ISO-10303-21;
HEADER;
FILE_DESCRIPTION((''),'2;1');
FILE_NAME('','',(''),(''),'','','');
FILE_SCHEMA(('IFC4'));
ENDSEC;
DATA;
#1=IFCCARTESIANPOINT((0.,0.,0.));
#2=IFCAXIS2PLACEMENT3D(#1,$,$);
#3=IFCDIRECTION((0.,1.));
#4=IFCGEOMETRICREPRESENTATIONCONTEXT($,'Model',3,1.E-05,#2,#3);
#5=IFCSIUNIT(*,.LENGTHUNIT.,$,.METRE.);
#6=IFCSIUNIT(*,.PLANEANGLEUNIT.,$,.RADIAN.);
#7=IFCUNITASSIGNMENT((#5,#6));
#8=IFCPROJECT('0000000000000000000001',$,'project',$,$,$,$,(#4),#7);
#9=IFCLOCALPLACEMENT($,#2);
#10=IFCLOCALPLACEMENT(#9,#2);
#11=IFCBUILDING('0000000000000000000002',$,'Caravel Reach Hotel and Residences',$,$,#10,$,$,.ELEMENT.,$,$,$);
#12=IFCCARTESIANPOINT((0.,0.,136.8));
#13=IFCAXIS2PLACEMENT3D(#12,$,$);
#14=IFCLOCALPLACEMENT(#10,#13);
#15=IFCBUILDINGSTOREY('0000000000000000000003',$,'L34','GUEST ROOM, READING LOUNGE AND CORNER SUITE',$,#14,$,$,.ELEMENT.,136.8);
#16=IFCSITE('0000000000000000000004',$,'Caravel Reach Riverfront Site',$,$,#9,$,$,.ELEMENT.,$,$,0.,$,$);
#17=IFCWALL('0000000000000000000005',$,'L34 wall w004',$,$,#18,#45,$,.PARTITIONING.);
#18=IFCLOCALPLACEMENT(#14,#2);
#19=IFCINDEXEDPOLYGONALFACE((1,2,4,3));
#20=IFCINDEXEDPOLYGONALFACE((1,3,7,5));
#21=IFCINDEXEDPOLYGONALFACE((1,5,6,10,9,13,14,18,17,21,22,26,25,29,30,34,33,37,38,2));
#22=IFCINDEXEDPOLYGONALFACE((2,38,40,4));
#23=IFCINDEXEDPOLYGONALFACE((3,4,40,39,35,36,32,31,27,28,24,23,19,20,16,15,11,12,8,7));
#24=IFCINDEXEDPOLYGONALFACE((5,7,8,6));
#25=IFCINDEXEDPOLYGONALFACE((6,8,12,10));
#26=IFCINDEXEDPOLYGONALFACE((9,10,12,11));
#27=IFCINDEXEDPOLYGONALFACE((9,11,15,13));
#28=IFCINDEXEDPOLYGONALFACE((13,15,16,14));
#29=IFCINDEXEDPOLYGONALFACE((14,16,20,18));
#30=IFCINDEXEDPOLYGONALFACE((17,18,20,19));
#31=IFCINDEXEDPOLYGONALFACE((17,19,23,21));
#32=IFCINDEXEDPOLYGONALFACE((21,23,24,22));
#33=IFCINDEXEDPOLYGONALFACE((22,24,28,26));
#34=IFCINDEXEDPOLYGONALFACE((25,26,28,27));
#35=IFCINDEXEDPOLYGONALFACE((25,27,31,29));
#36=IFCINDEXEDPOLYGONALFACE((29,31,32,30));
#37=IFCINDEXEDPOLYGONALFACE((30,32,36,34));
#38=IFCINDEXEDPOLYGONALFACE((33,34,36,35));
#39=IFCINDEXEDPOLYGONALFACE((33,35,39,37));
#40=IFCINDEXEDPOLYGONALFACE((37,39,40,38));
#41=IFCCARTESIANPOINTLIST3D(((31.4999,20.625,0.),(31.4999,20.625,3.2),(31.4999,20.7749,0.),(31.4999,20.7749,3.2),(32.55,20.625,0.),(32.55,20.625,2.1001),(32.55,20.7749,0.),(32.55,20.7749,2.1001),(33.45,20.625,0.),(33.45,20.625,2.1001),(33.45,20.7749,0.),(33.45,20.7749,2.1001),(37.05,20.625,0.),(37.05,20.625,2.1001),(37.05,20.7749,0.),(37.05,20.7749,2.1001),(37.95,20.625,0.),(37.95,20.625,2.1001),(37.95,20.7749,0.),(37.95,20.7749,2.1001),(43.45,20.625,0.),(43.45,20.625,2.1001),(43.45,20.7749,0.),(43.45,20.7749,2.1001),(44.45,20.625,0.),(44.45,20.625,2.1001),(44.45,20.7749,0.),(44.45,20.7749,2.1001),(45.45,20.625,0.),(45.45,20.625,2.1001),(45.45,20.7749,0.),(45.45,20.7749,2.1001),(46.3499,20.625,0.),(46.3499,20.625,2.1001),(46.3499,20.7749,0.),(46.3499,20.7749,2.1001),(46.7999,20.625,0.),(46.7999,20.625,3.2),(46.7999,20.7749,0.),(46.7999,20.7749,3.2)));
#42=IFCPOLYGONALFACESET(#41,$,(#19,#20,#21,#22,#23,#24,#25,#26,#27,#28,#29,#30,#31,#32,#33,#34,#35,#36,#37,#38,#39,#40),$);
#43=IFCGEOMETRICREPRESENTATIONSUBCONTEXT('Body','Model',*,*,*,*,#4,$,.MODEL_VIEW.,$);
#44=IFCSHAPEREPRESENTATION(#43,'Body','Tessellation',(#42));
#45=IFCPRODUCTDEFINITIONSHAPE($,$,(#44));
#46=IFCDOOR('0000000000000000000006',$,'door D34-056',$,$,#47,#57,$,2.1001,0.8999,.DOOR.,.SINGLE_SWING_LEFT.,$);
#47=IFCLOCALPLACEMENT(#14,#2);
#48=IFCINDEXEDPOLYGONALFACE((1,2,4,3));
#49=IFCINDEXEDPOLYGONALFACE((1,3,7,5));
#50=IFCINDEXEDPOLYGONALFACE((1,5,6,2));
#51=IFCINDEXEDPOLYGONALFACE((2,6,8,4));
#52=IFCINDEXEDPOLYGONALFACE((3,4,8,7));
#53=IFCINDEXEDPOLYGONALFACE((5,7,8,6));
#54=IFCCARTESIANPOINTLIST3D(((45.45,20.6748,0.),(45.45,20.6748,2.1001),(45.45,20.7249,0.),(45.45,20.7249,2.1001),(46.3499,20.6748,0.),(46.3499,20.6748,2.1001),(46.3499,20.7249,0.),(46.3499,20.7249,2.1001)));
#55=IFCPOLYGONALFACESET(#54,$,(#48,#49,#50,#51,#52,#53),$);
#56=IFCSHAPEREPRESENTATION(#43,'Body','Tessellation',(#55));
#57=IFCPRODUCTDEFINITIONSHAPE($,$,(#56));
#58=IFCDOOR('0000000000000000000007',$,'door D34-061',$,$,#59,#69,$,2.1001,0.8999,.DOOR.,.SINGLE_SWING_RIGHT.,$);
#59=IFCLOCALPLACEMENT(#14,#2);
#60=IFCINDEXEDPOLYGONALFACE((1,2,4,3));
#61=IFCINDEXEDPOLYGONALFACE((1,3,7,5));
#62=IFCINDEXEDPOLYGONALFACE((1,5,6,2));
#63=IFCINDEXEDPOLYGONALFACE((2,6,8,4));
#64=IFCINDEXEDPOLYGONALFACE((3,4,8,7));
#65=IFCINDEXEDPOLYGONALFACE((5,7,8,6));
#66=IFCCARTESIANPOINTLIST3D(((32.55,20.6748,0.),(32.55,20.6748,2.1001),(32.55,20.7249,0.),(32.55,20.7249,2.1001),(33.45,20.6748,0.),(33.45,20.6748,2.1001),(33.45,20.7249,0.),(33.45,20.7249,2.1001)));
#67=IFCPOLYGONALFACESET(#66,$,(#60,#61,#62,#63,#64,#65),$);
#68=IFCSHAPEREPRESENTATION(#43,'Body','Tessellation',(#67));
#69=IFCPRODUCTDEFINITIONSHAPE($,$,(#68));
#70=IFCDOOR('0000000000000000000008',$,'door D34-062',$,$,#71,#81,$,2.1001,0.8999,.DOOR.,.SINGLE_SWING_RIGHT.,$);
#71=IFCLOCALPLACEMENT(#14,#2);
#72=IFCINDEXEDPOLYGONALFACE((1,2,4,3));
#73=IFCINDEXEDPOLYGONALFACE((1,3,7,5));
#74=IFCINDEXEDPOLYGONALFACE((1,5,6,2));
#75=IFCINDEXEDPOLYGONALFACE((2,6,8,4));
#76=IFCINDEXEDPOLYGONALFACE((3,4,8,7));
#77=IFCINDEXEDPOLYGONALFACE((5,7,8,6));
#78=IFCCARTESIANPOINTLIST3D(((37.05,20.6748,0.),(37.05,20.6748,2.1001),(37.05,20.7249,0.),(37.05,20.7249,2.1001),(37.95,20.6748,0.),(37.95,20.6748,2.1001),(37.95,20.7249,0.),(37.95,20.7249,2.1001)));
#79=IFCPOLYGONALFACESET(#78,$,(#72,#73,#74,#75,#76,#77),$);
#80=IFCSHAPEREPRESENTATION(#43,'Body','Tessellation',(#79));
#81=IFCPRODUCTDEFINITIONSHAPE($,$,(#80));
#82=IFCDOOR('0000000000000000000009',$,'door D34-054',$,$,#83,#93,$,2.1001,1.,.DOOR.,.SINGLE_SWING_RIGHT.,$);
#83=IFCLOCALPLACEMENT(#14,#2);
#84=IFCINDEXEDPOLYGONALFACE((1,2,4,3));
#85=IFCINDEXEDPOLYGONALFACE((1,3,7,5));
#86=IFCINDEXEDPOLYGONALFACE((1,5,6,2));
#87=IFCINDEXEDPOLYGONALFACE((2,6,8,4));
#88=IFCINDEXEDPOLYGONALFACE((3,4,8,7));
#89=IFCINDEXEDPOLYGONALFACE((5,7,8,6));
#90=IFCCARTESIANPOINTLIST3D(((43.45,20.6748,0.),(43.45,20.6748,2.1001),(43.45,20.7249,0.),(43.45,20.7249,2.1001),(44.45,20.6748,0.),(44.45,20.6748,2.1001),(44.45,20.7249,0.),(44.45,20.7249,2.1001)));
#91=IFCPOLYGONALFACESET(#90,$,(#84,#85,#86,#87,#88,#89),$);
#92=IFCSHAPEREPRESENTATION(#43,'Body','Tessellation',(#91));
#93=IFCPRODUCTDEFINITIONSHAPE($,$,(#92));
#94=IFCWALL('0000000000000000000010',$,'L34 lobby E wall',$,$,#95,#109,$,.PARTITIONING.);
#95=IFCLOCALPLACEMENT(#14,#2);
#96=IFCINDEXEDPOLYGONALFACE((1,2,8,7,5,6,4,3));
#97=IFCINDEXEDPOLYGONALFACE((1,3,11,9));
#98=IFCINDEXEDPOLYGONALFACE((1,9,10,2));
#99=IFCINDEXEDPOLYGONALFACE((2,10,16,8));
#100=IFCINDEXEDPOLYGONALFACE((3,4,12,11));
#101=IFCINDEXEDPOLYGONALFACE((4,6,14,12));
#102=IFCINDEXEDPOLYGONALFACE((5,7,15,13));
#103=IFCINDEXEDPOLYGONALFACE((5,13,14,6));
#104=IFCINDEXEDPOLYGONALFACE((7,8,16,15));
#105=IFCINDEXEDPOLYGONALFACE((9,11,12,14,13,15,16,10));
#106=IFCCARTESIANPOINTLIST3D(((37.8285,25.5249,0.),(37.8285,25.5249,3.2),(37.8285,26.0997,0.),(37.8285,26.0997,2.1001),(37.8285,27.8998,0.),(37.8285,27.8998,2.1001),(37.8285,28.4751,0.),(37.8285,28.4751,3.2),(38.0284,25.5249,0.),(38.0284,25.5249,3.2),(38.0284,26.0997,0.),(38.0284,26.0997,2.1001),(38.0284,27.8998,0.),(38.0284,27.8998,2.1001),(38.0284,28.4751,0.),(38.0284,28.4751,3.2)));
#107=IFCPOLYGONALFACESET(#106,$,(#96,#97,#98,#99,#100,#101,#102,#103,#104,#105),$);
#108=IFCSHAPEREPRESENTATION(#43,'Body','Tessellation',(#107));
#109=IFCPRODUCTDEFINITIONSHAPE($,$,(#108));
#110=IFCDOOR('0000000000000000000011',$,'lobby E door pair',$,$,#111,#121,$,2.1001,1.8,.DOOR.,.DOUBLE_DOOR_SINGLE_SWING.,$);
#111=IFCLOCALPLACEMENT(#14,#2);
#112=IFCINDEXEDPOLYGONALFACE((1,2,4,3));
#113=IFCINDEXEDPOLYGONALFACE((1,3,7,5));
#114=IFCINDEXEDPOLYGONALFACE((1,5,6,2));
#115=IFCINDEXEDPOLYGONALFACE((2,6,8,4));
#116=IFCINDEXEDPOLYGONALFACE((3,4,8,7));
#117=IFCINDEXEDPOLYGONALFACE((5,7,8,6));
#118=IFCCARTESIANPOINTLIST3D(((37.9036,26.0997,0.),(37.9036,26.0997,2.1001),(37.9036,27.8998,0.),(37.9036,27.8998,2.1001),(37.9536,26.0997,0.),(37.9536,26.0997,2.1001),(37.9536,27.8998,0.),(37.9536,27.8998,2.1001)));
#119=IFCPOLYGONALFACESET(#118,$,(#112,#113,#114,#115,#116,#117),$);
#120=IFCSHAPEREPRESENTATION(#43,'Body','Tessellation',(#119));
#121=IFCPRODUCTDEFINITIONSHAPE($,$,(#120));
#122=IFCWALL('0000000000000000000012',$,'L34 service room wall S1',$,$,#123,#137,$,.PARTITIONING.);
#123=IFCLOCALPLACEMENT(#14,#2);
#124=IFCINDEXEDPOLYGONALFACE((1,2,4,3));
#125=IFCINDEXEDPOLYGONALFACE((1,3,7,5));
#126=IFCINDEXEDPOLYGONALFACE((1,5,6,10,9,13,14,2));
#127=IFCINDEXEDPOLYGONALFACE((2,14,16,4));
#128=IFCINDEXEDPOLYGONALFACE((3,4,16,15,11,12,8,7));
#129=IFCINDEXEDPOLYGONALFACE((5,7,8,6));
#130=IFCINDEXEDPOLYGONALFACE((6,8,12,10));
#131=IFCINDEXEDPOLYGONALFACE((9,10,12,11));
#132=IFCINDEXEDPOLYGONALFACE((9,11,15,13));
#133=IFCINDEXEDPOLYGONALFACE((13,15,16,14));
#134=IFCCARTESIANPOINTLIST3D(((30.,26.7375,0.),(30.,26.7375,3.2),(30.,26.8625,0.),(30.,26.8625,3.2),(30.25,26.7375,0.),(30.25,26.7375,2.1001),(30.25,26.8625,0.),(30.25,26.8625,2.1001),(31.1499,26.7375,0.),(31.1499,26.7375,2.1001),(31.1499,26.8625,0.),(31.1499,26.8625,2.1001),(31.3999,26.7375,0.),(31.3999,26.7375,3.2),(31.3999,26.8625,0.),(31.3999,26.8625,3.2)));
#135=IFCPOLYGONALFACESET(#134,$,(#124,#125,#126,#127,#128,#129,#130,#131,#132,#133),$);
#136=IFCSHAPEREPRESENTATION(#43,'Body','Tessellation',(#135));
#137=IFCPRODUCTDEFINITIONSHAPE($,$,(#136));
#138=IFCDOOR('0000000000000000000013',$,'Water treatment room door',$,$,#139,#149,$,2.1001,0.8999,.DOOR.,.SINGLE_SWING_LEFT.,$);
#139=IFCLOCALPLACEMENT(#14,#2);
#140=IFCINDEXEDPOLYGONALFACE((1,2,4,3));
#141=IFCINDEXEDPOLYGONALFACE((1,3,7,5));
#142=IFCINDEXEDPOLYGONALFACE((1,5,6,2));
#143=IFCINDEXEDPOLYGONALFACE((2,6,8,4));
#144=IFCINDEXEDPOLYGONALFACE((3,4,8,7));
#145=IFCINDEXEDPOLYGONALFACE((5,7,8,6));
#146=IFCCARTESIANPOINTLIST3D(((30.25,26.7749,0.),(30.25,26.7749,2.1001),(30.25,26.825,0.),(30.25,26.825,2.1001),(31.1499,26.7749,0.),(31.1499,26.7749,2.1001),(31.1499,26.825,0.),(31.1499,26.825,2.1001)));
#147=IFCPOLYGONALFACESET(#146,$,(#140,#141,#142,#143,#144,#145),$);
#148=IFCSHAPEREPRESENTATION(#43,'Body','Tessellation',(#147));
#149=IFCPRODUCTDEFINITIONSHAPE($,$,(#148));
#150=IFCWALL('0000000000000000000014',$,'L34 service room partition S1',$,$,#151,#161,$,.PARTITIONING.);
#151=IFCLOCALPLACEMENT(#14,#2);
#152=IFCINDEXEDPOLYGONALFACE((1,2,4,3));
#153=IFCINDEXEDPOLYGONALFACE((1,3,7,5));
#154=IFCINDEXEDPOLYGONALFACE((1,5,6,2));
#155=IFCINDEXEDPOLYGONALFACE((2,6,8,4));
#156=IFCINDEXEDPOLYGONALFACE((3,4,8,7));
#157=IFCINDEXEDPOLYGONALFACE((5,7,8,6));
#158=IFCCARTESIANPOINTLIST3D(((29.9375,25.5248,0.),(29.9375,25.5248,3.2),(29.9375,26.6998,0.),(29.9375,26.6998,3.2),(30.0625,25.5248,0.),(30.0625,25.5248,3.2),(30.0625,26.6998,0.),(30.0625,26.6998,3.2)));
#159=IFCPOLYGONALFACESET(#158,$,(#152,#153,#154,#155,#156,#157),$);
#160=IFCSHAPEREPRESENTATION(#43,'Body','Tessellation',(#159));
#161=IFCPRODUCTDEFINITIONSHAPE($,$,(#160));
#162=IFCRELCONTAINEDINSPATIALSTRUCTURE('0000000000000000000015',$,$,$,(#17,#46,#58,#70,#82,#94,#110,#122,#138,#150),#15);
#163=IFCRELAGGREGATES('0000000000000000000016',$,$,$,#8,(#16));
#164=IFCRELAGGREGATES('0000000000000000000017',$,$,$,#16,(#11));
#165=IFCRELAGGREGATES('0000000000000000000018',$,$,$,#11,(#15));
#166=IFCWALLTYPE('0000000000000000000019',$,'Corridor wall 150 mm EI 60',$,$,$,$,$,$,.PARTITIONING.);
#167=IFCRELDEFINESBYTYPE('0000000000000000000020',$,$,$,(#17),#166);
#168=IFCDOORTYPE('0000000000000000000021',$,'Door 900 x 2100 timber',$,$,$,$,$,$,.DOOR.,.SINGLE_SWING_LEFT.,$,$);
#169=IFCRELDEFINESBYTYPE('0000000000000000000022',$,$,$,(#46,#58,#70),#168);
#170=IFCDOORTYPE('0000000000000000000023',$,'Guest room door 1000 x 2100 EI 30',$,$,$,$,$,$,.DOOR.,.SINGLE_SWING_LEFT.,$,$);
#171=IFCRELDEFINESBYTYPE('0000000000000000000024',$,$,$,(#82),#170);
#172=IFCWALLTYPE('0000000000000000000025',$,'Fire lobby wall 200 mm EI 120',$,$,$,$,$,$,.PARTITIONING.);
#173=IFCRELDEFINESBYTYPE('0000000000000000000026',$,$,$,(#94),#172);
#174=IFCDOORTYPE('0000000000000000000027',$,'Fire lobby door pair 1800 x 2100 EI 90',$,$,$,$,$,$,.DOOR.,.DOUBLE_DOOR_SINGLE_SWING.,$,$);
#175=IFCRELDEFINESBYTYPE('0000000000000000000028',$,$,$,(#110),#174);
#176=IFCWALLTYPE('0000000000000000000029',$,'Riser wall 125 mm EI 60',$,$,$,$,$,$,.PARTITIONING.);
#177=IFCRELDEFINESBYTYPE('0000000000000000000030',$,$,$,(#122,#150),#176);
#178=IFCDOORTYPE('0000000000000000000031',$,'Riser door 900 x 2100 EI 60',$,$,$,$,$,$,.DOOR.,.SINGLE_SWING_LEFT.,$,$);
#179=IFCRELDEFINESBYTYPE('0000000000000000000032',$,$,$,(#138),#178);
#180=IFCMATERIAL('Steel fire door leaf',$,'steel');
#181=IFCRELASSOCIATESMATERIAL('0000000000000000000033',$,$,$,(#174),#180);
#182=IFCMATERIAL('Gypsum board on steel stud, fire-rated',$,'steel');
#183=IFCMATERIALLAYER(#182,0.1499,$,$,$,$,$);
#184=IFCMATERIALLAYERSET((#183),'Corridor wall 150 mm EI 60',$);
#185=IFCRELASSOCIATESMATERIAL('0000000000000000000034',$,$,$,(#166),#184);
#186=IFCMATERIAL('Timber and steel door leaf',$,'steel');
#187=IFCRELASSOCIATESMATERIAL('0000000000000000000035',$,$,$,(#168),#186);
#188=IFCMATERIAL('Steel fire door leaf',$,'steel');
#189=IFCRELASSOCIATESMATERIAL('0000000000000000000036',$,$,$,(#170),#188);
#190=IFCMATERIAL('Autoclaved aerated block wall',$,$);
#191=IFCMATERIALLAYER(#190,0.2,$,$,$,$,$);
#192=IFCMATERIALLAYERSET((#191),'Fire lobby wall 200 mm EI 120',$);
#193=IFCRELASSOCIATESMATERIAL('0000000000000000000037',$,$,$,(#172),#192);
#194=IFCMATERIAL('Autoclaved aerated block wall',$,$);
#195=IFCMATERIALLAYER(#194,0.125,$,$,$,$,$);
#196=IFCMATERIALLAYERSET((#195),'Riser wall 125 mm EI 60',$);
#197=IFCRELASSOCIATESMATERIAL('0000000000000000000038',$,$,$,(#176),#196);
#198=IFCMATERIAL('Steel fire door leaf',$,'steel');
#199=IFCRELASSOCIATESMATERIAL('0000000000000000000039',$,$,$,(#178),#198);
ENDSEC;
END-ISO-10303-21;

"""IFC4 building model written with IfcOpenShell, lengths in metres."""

from ifc_helpers import new_model, si_unit, direction, frame, frame_2d, origin, place, context, subcontext, project, spatial, rectangle, extrude, material, layer, layer_set, type_object, element, fill, save


model = new_model("IFC4")

# Units and contexts
model_context = context("Model", 3, precision=1e-05, world=origin(), true_north=direction((0.0, 1.0)))
body_context = subcontext(model_context, "Body", "Model", "MODEL_VIEW")
ifc_project = project(units=[si_unit("LENGTHUNIT", "METRE"), si_unit("PLANEANGLEUNIT", "RADIAN")], contexts=[model_context])

# Site, building, storey
site_placement = place(None, origin())
site = spatial("IfcSite", under=ifc_project, at=site_placement, Name="Caravel Reach Riverfront Site", CompositionType="ELEMENT", RefElevation=0.0)
building_placement = place(site_placement, origin())
building = spatial("IfcBuilding", under=site, at=building_placement, Name="Caravel Reach Hotel and Residences", CompositionType="ELEMENT")
storey_placement = place(building_placement, frame((0.0, 0.0, 136.8)))
storey = spatial("IfcBuildingStorey", under=building, at=storey_placement, Name="L34", Description="GUEST ROOM, READING LOUNGE AND CORNER SUITE", CompositionType="ELEMENT", Elevation=136.8)

# Shared definitions
ifc_material_1 = material(Name="Steel fire door leaf", Category="steel")
door_type_1 = type_object("IfcDoorType", Name="Fire lobby door pair 1800 x 2100 EI 90", OperationType="DOUBLE_DOOR_SINGLE_SWING", PredefinedType="DOOR", material=ifc_material_1)

# Wall, openings, doors
ifc_material_2 = material(Name="Gypsum board on steel stud, fire-rated", Category="steel")
ifc_layer_1 = layer(ifc_material_2, 0.1499)
ifc_layer_set_1 = layer_set([ifc_layer_1], Name="Corridor wall 150 mm EI 60")
wall_type_1 = type_object("IfcWallType", Name="Corridor wall 150 mm EI 60", PredefinedType="PARTITIONING", material=ifc_layer_set_1)
wall_1_placement = place(storey_placement, frame((31.5, 20.7, 0.0), z_axis=(0.0, 0.0, 1.0), x_axis=(1.0, 0.0, 0.0)))
wall_1 = element("IfcWall", 1, at=wall_1_placement, inside=storey, type_object=wall_type_1, Name="L34 wall w004", PredefinedType="PARTITIONING", context=body_context, shape_type="SweptSolid", body=[
    extrude(rectangle(XDim=15.3, YDim=0.1499, at=frame_2d((7.6499, 0.0))), origin(), (0.0, 0.0, 1.0), 3.2),
])
opening_1_placement = place(wall_1_placement, frame((11.95, 0.0, 0.0)))
opening_1 = element("IfcOpeningElement", 2, at=opening_1_placement, cuts=wall_1, PredefinedType="OPENING", context=body_context, shape_type="SweptSolid", body=[
    extrude(rectangle(XDim=1.0, YDim=2.1001, at=frame_2d((0.5, 1.05))), frame((0.0, 0.085, 0.0), z_axis=(0.0, -1.0, 0.0), x_axis=(1.0, 0.0, 0.0)), (0.0, 0.0, 1.0), 0.1699),
])
opening_2_placement = place(wall_1_placement, frame((13.95, 0.0, 0.0)))
opening_2 = element("IfcOpeningElement", 3, at=opening_2_placement, cuts=wall_1, PredefinedType="OPENING", context=body_context, shape_type="SweptSolid", body=[
    extrude(rectangle(XDim=0.8999, YDim=2.1001, at=frame_2d((0.45, 1.05))), frame((0.0, 0.085, 0.0), z_axis=(0.0, -1.0, 0.0), x_axis=(1.0, 0.0, 0.0)), (0.0, 0.0, 1.0), 0.1699),
])
opening_3_placement = place(wall_1_placement, frame((1.05, 0.0, 0.0)))
opening_3 = element("IfcOpeningElement", 4, at=opening_3_placement, cuts=wall_1, PredefinedType="OPENING", context=body_context, shape_type="SweptSolid", body=[
    extrude(rectangle(XDim=0.8999, YDim=2.1001, at=frame_2d((0.45, 1.05))), frame((0.0, 0.085, 0.0), z_axis=(0.0, -1.0, 0.0), x_axis=(1.0, 0.0, 0.0)), (0.0, 0.0, 1.0), 0.1699),
])
opening_4_placement = place(wall_1_placement, frame((5.55, 0.0, 0.0)))
opening_4 = element("IfcOpeningElement", 5, at=opening_4_placement, cuts=wall_1, PredefinedType="OPENING", context=body_context, shape_type="SweptSolid", body=[
    extrude(rectangle(XDim=0.8999, YDim=2.1001, at=frame_2d((0.45, 1.05))), frame((0.0, 0.085, 0.0), z_axis=(0.0, -1.0, 0.0), x_axis=(1.0, 0.0, 0.0)), (0.0, 0.0, 1.0), 0.1699),
])
ifc_material_3 = material(Name="Timber and steel door leaf", Category="steel")
door_type_2 = type_object("IfcDoorType", Name="Door 900 x 2100 timber", OperationType="SINGLE_SWING_LEFT", PredefinedType="DOOR", material=ifc_material_3)
door_1_placement = place(opening_2_placement, origin())
door_1 = element("IfcDoor", 6, at=door_1_placement, inside=storey, type_object=door_type_2, Name="door D34-056", OperationType="SINGLE_SWING_LEFT", OverallHeight=2.1001, OverallWidth=0.8999, PredefinedType="DOOR", context=body_context, shape_type="SweptSolid", body=[
    extrude(rectangle(XDim=0.8999, YDim=2.1001, at=frame_2d((0.45, 1.05))), frame((0.0, 0.0249, 0.0), z_axis=(0.0, -1.0, 0.0), x_axis=(1.0, 0.0, 0.0)), (0.0, 0.0, 1.0), 0.05),
])
fill(opening_2, door_1)
door_2_placement = place(opening_3_placement, origin())
door_2 = element("IfcDoor", 7, at=door_2_placement, inside=storey, type_object=door_type_2, Name="door D34-061", OperationType="SINGLE_SWING_RIGHT", OverallHeight=2.1001, OverallWidth=0.8999, PredefinedType="DOOR", context=body_context, shape_type="SweptSolid", body=[
    extrude(rectangle(XDim=0.8999, YDim=2.1001, at=frame_2d((0.45, 1.05))), frame((0.0, 0.0249, 0.0), z_axis=(0.0, -1.0, 0.0), x_axis=(1.0, 0.0, 0.0)), (0.0, 0.0, 1.0), 0.05),
])
fill(opening_3, door_2)
door_3_placement = place(opening_4_placement, origin())
door_3 = element("IfcDoor", 8, at=door_3_placement, inside=storey, type_object=door_type_2, Name="door D34-062", OperationType="SINGLE_SWING_RIGHT", OverallHeight=2.1001, OverallWidth=0.8999, PredefinedType="DOOR", context=body_context, shape_type="SweptSolid", body=[
    extrude(rectangle(XDim=0.8999, YDim=2.1001, at=frame_2d((0.45, 1.05))), frame((0.0, 0.0249, 0.0), z_axis=(0.0, -1.0, 0.0), x_axis=(1.0, 0.0, 0.0)), (0.0, 0.0, 1.0), 0.05),
])
fill(opening_4, door_3)
ifc_material_4 = material(Name="Steel fire door leaf", Category="steel")
door_type_3 = type_object("IfcDoorType", Name="Guest room door 1000 x 2100 EI 30", OperationType="SINGLE_SWING_LEFT", PredefinedType="DOOR", material=ifc_material_4)
door_4_placement = place(opening_1_placement, origin())
door_4 = element("IfcDoor", 9, at=door_4_placement, inside=storey, type_object=door_type_3, Name="door D34-054", OperationType="SINGLE_SWING_RIGHT", OverallHeight=2.1001, OverallWidth=1.0, PredefinedType="DOOR", context=body_context, shape_type="SweptSolid", body=[
    extrude(rectangle(XDim=1.0, YDim=2.1001, at=frame_2d((0.5, 1.05))), frame((0.0, 0.0249, 0.0), z_axis=(0.0, -1.0, 0.0), x_axis=(1.0, 0.0, 0.0)), (0.0, 0.0, 1.0), 0.05),
])
fill(opening_1, door_4)

# Walls, openings, doors
ifc_material_5 = material(Name="Autoclaved aerated block wall")
ifc_layer_2 = layer(ifc_material_5, 0.2)
ifc_layer_set_2 = layer_set([ifc_layer_2], Name="Fire lobby wall 200 mm EI 120")
wall_type_2 = type_object("IfcWallType", Name="Fire lobby wall 200 mm EI 120", PredefinedType="PARTITIONING", material=ifc_layer_set_2)
wall_2_placement = place(storey_placement, frame((37.9285, 25.5249, 0.0), z_axis=(0.0, 0.0, 1.0), x_axis=(0.0, 1.0, 0.0)))
wall_2 = element("IfcWall", 10, at=wall_2_placement, inside=storey, type_object=wall_type_2, Name="L34 lobby E wall", PredefinedType="PARTITIONING", context=body_context, shape_type="SweptSolid", body=[
    extrude(rectangle(XDim=2.9502, YDim=0.2, at=frame_2d((1.4751, 0.0))), origin(), (0.0, 0.0, 1.0), 3.2),
])
opening_5_placement = place(wall_2_placement, frame((0.575, 0.0, 0.0)))
opening_5 = element("IfcOpeningElement", 11, at=opening_5_placement, cuts=wall_2, PredefinedType="OPENING", context=body_context, shape_type="SweptSolid", body=[
    extrude(rectangle(XDim=1.8, YDim=2.1001, at=frame_2d((0.8999, 1.05))), frame((0.0, 0.1099, 0.0), z_axis=(0.0, -1.0, 0.0), x_axis=(1.0, 0.0, 0.0)), (0.0, 0.0, 1.0), 0.22),
])
door_5_placement = place(opening_5_placement, origin())
door_5 = element("IfcDoor", 12, at=door_5_placement, inside=storey, type_object=door_type_1, Name="lobby E door pair", OperationType="DOUBLE_DOOR_SINGLE_SWING", OverallHeight=2.1001, OverallWidth=1.8, PredefinedType="DOOR", context=body_context, shape_type="SweptSolid", body=[
    extrude(rectangle(XDim=1.8, YDim=2.1001, at=frame_2d((0.8999, 1.05))), frame((0.0, 0.0249, 0.0), z_axis=(0.0, -1.0, 0.0), x_axis=(1.0, 0.0, 0.0)), (0.0, 0.0, 1.0), 0.05),
])
fill(opening_5, door_5)
ifc_material_6 = material(Name="Autoclaved aerated block wall")
ifc_layer_3 = layer(ifc_material_6, 0.125)
ifc_layer_set_3 = layer_set([ifc_layer_3], Name="Riser wall 125 mm EI 60")
wall_type_3 = type_object("IfcWallType", Name="Riser wall 125 mm EI 60", PredefinedType="PARTITIONING", material=ifc_layer_set_3)
wall_3_placement = place(storey_placement, frame((30.0, 26.8, 0.0), z_axis=(0.0, 0.0, 1.0), x_axis=(1.0, 0.0, 0.0)))
wall_3 = element("IfcWall", 13, at=wall_3_placement, inside=storey, type_object=wall_type_3, Name="L34 service room wall S1", PredefinedType="PARTITIONING", context=body_context, shape_type="SweptSolid", body=[
    extrude(rectangle(XDim=1.3999, YDim=0.125, at=frame_2d((0.7, 0.0))), origin(), (0.0, 0.0, 1.0), 3.2),
])
opening_6_placement = place(wall_3_placement, frame((0.25, 0.0, 0.0)))
opening_6 = element("IfcOpeningElement", 14, at=opening_6_placement, cuts=wall_3, PredefinedType="OPENING", context=body_context, shape_type="SweptSolid", body=[
    extrude(rectangle(XDim=0.8999, YDim=2.1001, at=frame_2d((0.45, 1.05))), frame((0.0, 0.0725, 0.0), z_axis=(0.0, -1.0, 0.0), x_axis=(1.0, 0.0, 0.0)), (0.0, 0.0, 1.0), 0.145),
])
ifc_material_7 = material(Name="Steel fire door leaf", Category="steel")
door_type_4 = type_object("IfcDoorType", Name="Riser door 900 x 2100 EI 60", OperationType="SINGLE_SWING_LEFT", PredefinedType="DOOR", material=ifc_material_7)
door_6_placement = place(opening_6_placement, origin())
door_6 = element("IfcDoor", 15, at=door_6_placement, inside=storey, type_object=door_type_4, Name="Water treatment room door", OperationType="SINGLE_SWING_LEFT", OverallHeight=2.1001, OverallWidth=0.8999, PredefinedType="DOOR", context=body_context, shape_type="SweptSolid", body=[
    extrude(rectangle(XDim=0.8999, YDim=2.1001, at=frame_2d((0.45, 1.05))), frame((0.0, 0.0249, 0.0), z_axis=(0.0, -1.0, 0.0), x_axis=(1.0, 0.0, 0.0)), (0.0, 0.0, 1.0), 0.05),
])
fill(opening_6, door_6)

# Wall
for number, where, z_axis, x_axis, name in (
    (16, (30.0, 25.5249, 0.0), (0.0, 0.0, 1.0), (0.0, 1.0, 0.0), "L34 service room partition S1"),
):
    element("IfcWall", number, at=place(storey_placement, frame(where, z_axis=z_axis, x_axis=x_axis)), inside=storey, type_object=wall_type_3, Name=name, PredefinedType="PARTITIONING", context=body_context, shape_type="SweptSolid", body=[
        extrude(rectangle(XDim=1.175, YDim=0.125, at=frame_2d((0.5874, 0.0))), origin(), (0.0, 0.0, 1.0), 3.2),
    ])

save(model, "model.ifc")
